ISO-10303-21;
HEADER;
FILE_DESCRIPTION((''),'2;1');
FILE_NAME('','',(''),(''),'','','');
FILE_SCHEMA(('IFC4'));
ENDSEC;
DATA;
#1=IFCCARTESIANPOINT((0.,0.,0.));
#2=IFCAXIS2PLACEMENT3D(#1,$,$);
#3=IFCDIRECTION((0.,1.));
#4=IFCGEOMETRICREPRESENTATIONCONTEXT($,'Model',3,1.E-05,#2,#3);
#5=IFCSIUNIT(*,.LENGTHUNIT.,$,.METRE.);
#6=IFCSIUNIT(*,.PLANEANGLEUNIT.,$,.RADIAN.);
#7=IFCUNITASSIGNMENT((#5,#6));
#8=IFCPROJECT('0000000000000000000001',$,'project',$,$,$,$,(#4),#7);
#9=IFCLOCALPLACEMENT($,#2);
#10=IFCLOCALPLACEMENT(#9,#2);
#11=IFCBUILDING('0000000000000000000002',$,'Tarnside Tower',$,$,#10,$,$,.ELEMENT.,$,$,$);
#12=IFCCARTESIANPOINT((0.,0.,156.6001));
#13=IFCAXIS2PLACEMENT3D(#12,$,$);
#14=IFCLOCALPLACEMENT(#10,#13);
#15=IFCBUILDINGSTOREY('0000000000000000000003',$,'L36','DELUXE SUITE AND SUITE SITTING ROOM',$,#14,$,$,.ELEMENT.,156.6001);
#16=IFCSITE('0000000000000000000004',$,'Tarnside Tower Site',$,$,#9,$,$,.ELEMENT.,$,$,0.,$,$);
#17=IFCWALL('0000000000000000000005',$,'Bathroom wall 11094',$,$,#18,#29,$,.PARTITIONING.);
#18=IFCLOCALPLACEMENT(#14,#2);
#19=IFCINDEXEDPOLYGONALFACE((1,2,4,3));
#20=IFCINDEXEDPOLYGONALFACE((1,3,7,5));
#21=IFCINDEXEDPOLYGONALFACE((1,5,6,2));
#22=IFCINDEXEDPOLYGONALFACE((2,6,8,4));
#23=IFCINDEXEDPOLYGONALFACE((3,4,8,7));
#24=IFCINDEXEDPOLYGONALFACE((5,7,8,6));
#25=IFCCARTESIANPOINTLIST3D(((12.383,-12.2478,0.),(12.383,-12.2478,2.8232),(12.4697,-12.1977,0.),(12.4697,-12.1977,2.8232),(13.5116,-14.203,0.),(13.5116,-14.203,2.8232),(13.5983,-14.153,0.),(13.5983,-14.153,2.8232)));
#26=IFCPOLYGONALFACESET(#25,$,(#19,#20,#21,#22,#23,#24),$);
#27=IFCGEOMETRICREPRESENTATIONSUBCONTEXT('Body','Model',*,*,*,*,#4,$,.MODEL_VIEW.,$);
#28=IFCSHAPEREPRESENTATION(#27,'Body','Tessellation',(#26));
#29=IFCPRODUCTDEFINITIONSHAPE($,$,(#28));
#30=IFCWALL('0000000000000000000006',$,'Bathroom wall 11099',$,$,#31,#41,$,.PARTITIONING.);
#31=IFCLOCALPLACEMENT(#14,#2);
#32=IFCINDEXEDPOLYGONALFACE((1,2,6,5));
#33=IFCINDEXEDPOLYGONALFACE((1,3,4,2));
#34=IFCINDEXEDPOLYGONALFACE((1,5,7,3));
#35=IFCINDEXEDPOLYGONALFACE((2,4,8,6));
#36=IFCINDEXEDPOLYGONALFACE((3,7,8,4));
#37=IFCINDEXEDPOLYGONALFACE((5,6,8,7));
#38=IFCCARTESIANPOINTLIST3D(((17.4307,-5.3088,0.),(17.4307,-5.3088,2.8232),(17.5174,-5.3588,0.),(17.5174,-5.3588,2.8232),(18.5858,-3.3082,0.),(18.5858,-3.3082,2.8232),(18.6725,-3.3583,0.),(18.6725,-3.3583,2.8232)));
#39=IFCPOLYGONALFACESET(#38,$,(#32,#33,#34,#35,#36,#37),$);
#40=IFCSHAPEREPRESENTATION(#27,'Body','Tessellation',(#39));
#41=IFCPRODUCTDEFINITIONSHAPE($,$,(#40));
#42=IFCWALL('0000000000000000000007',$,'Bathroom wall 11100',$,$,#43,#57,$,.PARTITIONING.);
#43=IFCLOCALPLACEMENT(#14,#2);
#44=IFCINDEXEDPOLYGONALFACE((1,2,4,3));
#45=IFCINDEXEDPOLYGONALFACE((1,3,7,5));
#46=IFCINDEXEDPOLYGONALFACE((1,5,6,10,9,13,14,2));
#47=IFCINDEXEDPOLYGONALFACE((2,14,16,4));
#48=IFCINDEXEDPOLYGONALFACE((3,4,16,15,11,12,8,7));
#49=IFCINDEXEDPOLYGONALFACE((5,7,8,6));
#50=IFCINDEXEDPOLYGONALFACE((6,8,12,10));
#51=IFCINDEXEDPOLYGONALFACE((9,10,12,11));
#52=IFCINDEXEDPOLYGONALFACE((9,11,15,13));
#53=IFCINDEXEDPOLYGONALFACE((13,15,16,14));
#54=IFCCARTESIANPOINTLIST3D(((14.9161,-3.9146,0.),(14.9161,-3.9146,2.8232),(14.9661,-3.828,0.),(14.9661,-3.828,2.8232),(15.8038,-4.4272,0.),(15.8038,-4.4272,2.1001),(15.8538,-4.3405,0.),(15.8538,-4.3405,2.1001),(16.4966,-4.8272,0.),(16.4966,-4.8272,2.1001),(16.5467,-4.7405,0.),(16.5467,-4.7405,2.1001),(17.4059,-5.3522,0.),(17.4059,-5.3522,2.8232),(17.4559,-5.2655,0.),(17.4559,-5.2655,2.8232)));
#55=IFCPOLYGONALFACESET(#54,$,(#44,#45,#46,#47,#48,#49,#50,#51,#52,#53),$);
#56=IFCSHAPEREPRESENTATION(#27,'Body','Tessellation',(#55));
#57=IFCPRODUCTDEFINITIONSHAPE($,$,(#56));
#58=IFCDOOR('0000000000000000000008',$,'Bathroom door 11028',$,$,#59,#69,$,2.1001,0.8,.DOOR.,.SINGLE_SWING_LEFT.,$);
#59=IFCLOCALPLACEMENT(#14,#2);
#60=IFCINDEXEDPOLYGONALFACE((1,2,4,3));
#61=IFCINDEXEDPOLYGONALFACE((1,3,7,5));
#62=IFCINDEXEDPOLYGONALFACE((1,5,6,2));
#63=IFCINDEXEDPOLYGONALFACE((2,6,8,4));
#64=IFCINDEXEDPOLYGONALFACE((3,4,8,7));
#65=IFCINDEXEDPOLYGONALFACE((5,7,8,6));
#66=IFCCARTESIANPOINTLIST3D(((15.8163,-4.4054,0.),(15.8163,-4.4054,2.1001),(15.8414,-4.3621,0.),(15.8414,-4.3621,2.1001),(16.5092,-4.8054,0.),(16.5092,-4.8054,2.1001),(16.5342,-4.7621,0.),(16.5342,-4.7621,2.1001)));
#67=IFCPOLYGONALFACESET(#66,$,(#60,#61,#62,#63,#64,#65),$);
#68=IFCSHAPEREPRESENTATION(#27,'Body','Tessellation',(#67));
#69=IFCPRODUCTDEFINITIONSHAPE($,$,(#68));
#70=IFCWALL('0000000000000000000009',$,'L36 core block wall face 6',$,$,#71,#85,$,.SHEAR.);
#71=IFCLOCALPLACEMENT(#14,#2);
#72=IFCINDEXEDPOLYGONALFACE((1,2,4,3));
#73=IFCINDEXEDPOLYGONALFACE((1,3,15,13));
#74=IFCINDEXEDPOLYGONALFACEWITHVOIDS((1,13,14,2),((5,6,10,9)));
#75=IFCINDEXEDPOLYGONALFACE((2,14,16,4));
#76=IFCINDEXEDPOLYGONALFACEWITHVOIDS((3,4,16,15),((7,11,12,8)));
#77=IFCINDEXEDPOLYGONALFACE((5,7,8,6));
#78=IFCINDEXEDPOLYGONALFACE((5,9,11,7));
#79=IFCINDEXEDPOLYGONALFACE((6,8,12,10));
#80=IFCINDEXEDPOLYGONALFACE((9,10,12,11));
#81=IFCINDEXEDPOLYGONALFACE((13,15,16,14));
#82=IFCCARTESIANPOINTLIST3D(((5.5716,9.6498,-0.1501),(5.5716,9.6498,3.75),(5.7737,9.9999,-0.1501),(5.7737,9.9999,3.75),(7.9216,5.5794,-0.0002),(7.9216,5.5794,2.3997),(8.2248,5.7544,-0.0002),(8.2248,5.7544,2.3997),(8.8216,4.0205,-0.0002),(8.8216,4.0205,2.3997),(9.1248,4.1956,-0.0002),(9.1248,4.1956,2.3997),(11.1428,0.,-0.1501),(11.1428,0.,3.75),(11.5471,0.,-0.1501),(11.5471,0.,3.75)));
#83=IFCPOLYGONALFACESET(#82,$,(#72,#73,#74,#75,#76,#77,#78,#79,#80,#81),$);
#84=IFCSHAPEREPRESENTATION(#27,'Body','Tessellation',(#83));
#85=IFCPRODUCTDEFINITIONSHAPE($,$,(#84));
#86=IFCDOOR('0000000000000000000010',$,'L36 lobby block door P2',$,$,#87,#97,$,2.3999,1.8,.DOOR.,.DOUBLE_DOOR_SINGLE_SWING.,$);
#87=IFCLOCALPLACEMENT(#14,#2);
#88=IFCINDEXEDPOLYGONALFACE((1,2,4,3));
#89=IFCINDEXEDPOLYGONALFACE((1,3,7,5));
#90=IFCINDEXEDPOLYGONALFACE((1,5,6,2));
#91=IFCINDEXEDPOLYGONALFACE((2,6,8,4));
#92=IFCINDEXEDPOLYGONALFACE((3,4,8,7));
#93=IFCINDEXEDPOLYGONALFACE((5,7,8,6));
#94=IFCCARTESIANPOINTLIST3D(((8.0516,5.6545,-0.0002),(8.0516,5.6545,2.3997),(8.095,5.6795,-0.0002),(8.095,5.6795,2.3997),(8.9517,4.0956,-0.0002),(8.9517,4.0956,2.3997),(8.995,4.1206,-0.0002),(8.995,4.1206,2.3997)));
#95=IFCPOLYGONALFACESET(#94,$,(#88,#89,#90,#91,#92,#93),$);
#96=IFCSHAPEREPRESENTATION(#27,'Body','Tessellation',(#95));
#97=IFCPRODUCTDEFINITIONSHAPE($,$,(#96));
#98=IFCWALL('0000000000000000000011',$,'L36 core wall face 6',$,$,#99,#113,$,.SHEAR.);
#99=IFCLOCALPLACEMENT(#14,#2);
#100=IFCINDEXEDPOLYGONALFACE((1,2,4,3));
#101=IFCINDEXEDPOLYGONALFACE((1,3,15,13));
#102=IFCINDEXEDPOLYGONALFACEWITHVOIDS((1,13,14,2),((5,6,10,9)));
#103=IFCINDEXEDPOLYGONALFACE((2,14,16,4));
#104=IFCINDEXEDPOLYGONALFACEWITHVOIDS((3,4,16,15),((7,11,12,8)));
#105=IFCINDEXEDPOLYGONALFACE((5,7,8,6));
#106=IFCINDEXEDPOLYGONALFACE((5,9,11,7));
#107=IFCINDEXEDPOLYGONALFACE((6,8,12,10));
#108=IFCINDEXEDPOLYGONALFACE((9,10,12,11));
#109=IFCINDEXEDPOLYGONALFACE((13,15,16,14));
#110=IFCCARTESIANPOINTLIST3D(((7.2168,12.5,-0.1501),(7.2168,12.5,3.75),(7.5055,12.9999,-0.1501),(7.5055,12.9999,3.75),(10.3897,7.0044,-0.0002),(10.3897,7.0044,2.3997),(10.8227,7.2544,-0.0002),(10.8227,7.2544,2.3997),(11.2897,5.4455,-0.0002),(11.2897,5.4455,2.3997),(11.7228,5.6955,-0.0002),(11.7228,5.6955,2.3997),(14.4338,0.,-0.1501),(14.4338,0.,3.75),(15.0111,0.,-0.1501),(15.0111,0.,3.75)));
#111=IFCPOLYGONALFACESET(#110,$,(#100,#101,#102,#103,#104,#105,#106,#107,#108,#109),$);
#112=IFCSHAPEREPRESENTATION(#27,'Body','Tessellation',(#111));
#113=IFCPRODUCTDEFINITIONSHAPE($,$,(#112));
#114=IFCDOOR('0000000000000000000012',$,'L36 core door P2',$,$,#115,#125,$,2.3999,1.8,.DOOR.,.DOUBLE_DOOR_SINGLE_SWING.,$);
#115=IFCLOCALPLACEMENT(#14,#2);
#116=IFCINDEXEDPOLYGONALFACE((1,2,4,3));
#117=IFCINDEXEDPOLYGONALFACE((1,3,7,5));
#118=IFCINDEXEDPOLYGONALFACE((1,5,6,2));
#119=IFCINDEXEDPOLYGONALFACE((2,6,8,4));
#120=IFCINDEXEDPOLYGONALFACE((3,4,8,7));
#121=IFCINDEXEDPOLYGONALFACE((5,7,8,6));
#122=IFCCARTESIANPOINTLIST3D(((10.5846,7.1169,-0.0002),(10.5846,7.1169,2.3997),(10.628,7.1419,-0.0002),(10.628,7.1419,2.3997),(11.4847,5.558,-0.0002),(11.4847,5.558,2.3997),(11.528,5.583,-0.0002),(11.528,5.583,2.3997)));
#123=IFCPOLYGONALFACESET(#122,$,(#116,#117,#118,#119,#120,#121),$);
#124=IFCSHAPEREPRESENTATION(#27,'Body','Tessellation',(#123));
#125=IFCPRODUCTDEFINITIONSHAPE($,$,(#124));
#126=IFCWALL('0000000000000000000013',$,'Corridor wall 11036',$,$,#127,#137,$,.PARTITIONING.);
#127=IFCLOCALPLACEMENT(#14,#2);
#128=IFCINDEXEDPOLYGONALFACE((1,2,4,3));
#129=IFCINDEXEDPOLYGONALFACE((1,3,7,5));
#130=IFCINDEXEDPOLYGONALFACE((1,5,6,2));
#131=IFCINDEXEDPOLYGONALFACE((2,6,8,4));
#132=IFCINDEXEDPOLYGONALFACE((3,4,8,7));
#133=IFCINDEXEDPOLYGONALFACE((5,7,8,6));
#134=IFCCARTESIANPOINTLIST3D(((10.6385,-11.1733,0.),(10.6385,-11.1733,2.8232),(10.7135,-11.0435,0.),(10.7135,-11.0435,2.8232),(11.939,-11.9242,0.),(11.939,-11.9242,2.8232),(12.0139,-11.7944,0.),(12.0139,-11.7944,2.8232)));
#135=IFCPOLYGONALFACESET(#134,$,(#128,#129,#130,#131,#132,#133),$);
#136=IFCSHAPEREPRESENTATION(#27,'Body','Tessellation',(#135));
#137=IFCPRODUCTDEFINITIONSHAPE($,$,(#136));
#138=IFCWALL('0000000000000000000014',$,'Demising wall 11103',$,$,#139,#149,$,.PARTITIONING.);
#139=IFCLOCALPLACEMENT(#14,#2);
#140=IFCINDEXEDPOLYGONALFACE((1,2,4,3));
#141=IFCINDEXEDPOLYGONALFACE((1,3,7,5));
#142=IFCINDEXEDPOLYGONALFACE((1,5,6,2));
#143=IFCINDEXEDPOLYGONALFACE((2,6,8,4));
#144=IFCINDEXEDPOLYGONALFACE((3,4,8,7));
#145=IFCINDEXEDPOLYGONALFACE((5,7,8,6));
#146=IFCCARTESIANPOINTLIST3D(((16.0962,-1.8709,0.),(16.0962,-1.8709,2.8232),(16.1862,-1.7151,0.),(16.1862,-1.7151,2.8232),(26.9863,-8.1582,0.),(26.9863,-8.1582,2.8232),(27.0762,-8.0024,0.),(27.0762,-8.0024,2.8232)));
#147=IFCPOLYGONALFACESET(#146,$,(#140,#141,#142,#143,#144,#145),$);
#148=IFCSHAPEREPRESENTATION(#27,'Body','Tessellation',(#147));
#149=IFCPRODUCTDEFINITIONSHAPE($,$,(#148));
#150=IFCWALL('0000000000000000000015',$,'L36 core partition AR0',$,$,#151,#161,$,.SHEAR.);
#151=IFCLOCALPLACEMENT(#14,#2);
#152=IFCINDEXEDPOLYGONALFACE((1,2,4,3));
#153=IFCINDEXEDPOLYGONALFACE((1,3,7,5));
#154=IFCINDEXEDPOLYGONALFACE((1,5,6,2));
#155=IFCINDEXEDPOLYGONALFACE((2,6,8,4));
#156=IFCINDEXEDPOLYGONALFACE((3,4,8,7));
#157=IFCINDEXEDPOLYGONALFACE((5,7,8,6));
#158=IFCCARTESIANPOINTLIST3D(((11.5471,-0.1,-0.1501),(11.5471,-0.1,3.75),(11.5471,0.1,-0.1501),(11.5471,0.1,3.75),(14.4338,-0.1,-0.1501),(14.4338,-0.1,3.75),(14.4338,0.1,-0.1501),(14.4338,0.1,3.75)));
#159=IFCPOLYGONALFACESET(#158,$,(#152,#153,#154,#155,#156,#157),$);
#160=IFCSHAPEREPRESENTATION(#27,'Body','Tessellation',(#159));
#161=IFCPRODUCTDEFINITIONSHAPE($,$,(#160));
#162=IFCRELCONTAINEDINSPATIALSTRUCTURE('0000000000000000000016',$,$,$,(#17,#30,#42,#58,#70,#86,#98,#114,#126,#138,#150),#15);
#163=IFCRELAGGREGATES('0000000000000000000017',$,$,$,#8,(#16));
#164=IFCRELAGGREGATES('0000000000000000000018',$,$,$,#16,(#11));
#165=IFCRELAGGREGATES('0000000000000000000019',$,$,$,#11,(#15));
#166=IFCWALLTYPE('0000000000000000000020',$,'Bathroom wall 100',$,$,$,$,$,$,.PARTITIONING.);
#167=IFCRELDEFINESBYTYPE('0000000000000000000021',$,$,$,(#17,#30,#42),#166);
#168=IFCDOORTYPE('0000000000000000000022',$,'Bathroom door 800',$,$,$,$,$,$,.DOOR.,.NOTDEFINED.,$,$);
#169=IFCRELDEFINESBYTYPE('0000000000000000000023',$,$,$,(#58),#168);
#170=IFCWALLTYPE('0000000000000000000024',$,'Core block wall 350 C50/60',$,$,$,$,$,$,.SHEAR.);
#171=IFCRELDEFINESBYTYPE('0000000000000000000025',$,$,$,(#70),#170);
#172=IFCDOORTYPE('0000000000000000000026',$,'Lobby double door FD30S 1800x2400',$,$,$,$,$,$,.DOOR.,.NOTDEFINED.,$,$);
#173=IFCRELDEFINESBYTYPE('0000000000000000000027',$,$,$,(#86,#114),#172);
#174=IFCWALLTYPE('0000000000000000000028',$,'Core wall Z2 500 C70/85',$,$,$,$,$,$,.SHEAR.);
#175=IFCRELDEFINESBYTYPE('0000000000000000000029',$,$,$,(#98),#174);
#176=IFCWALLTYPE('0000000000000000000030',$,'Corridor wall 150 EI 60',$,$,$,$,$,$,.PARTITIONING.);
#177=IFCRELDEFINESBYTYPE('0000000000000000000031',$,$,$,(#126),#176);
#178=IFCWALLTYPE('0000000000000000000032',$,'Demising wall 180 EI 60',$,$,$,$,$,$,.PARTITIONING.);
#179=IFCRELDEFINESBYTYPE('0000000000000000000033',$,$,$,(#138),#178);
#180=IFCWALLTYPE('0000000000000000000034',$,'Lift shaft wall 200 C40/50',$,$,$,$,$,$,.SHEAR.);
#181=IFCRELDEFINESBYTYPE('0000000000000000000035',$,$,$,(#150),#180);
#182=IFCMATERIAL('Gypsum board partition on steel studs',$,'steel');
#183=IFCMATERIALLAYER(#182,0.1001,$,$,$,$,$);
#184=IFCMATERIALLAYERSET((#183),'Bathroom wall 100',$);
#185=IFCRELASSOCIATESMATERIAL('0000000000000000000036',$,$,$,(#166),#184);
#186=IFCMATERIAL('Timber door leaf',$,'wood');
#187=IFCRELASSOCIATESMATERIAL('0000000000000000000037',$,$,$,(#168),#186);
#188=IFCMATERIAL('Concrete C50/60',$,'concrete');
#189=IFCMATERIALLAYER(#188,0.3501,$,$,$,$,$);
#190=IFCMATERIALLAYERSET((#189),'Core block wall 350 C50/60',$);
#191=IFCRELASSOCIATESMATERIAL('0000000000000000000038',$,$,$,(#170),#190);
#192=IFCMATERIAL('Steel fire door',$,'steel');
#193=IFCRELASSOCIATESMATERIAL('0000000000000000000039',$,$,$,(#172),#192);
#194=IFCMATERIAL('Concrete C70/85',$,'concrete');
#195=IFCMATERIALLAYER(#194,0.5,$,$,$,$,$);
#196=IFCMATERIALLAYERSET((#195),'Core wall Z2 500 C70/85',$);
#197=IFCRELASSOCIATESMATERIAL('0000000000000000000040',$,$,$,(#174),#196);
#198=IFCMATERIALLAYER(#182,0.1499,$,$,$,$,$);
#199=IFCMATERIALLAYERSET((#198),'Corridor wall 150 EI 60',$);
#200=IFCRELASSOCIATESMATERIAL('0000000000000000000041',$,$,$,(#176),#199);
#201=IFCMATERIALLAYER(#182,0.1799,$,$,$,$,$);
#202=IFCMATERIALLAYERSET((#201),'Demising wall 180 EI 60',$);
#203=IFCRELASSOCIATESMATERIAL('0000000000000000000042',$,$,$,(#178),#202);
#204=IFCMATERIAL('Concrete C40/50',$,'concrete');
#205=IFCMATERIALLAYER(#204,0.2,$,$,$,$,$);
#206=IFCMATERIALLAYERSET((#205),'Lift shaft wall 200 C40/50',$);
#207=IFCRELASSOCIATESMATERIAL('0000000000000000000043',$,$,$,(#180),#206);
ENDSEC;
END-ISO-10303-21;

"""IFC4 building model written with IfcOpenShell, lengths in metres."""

from ifc_helpers import new_model, si_unit, direction, frame, frame_2d, origin, place, context, subcontext, project, spatial, polyline, rectangle, outline, extrude, material, layer, layer_set, type_object, element, fill, save


model = new_model("IFC4")

# Units and contexts
model_context = context("Model", 3, precision=1e-05, world=origin(), true_north=direction((0.0, 1.0)))
body_context = subcontext(model_context, "Body", "Model", "MODEL_VIEW")
ifc_project = project(units=[si_unit("LENGTHUNIT", "METRE"), si_unit("PLANEANGLEUNIT", "RADIAN")], contexts=[model_context])

# Site, building, storey
site_placement = place(None, origin())
site = spatial("IfcSite", under=ifc_project, at=site_placement, Name="Tarnside Tower Site", CompositionType="ELEMENT", RefElevation=0.0)
building_placement = place(site_placement, origin())
building = spatial("IfcBuilding", under=site, at=building_placement, Name="Tarnside Tower", CompositionType="ELEMENT")
storey_placement = place(building_placement, frame((0.0, 0.0, 156.6001)))
storey = spatial("IfcBuildingStorey", under=building, at=storey_placement, Name="L36", Description="DELUXE SUITE AND SUITE SITTING ROOM", CompositionType="ELEMENT", Elevation=156.6001)

# Walls
ifc_material_1 = material(Name="Gypsum board partition on steel studs", Category="steel")
ifc_layer_1 = layer(ifc_material_1, 0.1001)
ifc_layer_set_1 = layer_set([ifc_layer_1], Name="Bathroom wall 100")
wall_type_1 = type_object("IfcWallType", Name="Bathroom wall 100", PredefinedType="PARTITIONING", material=ifc_layer_set_1)
wall_1_placement = place(storey_placement, frame((12.4263, -12.2227, 0.0), z_axis=(0.0, 0.0, 1.0), x_axis=(0.499919, -0.866072, 0.0)))
element("IfcWall", 1, at=wall_1_placement, inside=storey, type_object=wall_type_1, Name="Bathroom wall 11094", PredefinedType="PARTITIONING", context=body_context, shape_type="SweptSolid", body=[
    extrude(rectangle(XDim=2.2576, YDim=0.1001, at=frame_2d((1.1289, 0.0))), origin(), (0.0, 0.0, 1.0), 2.8232),
])
wall_2_placement = place(storey_placement, frame((18.6292, -3.3333, 0.0), z_axis=(0.0, 0.0, 1.0), x_axis=(-0.500015, -0.866017, 0.0)))
element("IfcWall", 2, at=wall_2_placement, inside=storey, type_object=wall_type_1, Name="Bathroom wall 11099", PredefinedType="PARTITIONING", context=body_context, shape_type="SweptSolid", body=[
    extrude(rectangle(XDim=2.3101, YDim=0.1001, at=frame_2d((1.155, 0.0))), origin(), (0.0, 0.0, 1.0), 2.8232),
])

# Walls, openings, doors
wall_3_placement = place(storey_placement, frame((17.4309, -5.3088, 0.0), z_axis=(0.0, 0.0, 1.0), x_axis=(-0.866019, 0.500012, 0.0)))
wall_3 = element("IfcWall", 3, at=wall_3_placement, inside=storey, type_object=wall_type_1, Name="Bathroom wall 11100", PredefinedType="PARTITIONING", context=body_context, shape_type="SweptSolid", body=[
    extrude(rectangle(XDim=2.875, YDim=0.1001, at=frame_2d((1.4375, 0.0))), origin(), (0.0, 0.0, 1.0), 2.8232),
])
opening_1_placement = place(wall_3_placement, frame((1.05, 0.0, 0.0)))
opening_1 = element("IfcOpeningElement", 4, at=opening_1_placement, cuts=wall_3, PredefinedType="OPENING", context=body_context, shape_type="SweptSolid", body=[
    extrude(rectangle(XDim=0.8, YDim=2.1001, at=frame_2d((0.3999, 1.05))), frame((0.0, 0.0601, 0.0), z_axis=(0.0, -1.0, 0.0), x_axis=(1.0, 0.0, 0.0)), (0.0, 0.0, 1.0), 0.1201),
])
ifc_material_2 = material(Name="Timber door leaf", Category="wood")
door_type_1 = type_object("IfcDoorType", Name="Bathroom door 800", OperationType="NOTDEFINED", PredefinedType="DOOR", material=ifc_material_2)
door_1_placement = place(opening_1_placement, origin())
door_1 = element("IfcDoor", 5, at=door_1_placement, inside=storey, type_object=door_type_1, Name="Bathroom door 11028", OperationType="SINGLE_SWING_LEFT", OverallHeight=2.1001, OverallWidth=0.8, PredefinedType="DOOR", context=body_context, shape_type="SweptSolid", body=[
    extrude(rectangle(XDim=0.8, YDim=2.1001, at=frame_2d((0.3999, 1.05))), frame((0.0, 0.0249, 0.0), z_axis=(0.0, -1.0, 0.0), x_axis=(1.0, 0.0, 0.0)), (0.0, 0.0, 1.0), 0.05),
])
fill(opening_1, door_1)
ifc_material_3 = material(Name="Concrete C50/60", Category="concrete")
ifc_layer_2 = layer(ifc_material_3, 0.3501)
ifc_layer_set_2 = layer_set([ifc_layer_2], Name="Core block wall 350 C50/60")
wall_type_2 = type_object("IfcWallType", Name="Core block wall 350 C50/60", PredefinedType="SHEAR", material=ifc_layer_set_2)
wall_4_placement = place(storey_placement, frame((11.345, 0.0, -0.1501), z_axis=(0.0, 0.0, 1.0), x_axis=(-0.499995, 0.866028, 0.0)))
wall_4 = element("IfcWall", 6, at=wall_4_placement, inside=storey, type_object=wall_type_2, Name="L36 core block wall face 6", PredefinedType="SHEAR", context=body_context, shape_type="SweptSolid", body=[
    extrude(outline(polyline([(-0.1011, -0.175), (11.4458, -0.175), (11.2437, 0.175), (0.1011, 0.175), (-0.1011, -0.175)])), origin(), (0.0, 0.0, 1.0), 3.9001),
])
opening_2_placement = place(wall_4_placement, frame((4.7437, 0.0, 0.1499)))
opening_2 = element("IfcOpeningElement", 7, at=opening_2_placement, cuts=wall_4, PredefinedType="OPENING", context=body_context, shape_type="SweptSolid", body=[
    extrude(rectangle(XDim=1.8, YDim=2.3999, at=frame_2d((0.8999, 1.2))), frame((0.0, 0.1851, 0.0), z_axis=(0.0, -1.0, 0.0), x_axis=(1.0, 0.0, 0.0)), (0.0, 0.0, 1.0), 0.3701),
])
ifc_material_4 = material(Name="Steel fire door", Category="steel")
door_type_2 = type_object("IfcDoorType", Name="Lobby double door FD30S 1800x2400", OperationType="NOTDEFINED", PredefinedType="DOOR", material=ifc_material_4)
door_2_placement = place(opening_2_placement, origin())
door_2 = element("IfcDoor", 8, at=door_2_placement, inside=storey, type_object=door_type_2, Name="L36 lobby block door P2", OperationType="DOUBLE_DOOR_SINGLE_SWING", OverallHeight=2.3999, OverallWidth=1.8, PredefinedType="DOOR", context=body_context, shape_type="SweptSolid", body=[
    extrude(rectangle(XDim=1.8, YDim=2.3999, at=frame_2d((0.8999, 1.2))), frame((0.0, 0.0249, 0.0), z_axis=(0.0, -1.0, 0.0), x_axis=(1.0, 0.0, 0.0)), (0.0, 0.0, 1.0), 0.05),
])
fill(opening_2, door_2)
ifc_material_5 = material(Name="Concrete C70/85", Category="concrete")
ifc_layer_3 = layer(ifc_material_5, 0.5)
ifc_layer_set_3 = layer_set([ifc_layer_3], Name="Core wall Z2 500 C70/85")
wall_type_3 = type_object("IfcWallType", Name="Core wall Z2 500 C70/85", PredefinedType="SHEAR", material=ifc_layer_set_3)
wall_5_placement = place(storey_placement, frame((14.7224, 0.0, -0.1501), z_axis=(0.0, 0.0, 1.0), x_axis=(-0.500006, 0.866022, 0.0)))
wall_5 = element("IfcWall", 9, at=wall_5_placement, inside=storey, type_object=wall_type_3, Name="L36 core wall face 6", PredefinedType="SHEAR", context=body_context, shape_type="SweptSolid", body=[
    extrude(outline(polyline([(-0.1443, -0.25), (14.8667, -0.25), (14.5781, 0.25), (0.1443, 0.25), (-0.1443, -0.25)])), origin(), (0.0, 0.0, 1.0), 3.9001),
])
opening_3_placement = place(wall_5_placement, frame((6.4324, 0.0, 0.1499)))
opening_3 = element("IfcOpeningElement", 10, at=opening_3_placement, cuts=wall_5, PredefinedType="OPENING", context=body_context, shape_type="SweptSolid", body=[
    extrude(rectangle(XDim=1.8, YDim=2.3999, at=frame_2d((0.8999, 1.2))), frame((0.0, 0.26, 0.0), z_axis=(0.0, -1.0, 0.0), x_axis=(1.0, 0.0, 0.0)), (0.0, 0.0, 1.0), 0.52),
])
door_3_placement = place(opening_3_placement, origin())
door_3 = element("IfcDoor", 11, at=door_3_placement, inside=storey, type_object=door_type_2, Name="L36 core door P2", OperationType="DOUBLE_DOOR_SINGLE_SWING", OverallHeight=2.3999, OverallWidth=1.8, PredefinedType="DOOR", context=body_context, shape_type="SweptSolid", body=[
    extrude(rectangle(XDim=1.8, YDim=2.3999, at=frame_2d((0.8999, 1.2))), frame((0.0, 0.0249, 0.0), z_axis=(0.0, -1.0, 0.0), x_axis=(1.0, 0.0, 0.0)), (0.0, 0.0, 1.0), 0.05),
])
fill(opening_3, door_3)

# Walls
ifc_layer_4 = layer(ifc_material_1, 0.1499)
ifc_layer_set_4 = layer_set([ifc_layer_4], Name="Corridor wall 150 EI 60")
wall_type_4 = type_object("IfcWallType", Name="Corridor wall 150 EI 60", PredefinedType="PARTITIONING", material=ifc_layer_set_4)
wall_6_placement = place(storey_placement, frame((11.9766, -11.8594, 0.0), z_axis=(0.0, 0.0, 1.0), x_axis=(-0.865993, 0.500055, 0.0)))
element("IfcWall", 12, at=wall_6_placement, inside=storey, type_object=wall_type_4, Name="Corridor wall 11036", PredefinedType="PARTITIONING", context=body_context, shape_type="SweptSolid", body=[
    extrude(rectangle(XDim=1.5017, YDim=0.1499, at=frame_2d((0.751, 0.0))), origin(), (0.0, 0.0, 1.0), 2.8232),
])
ifc_layer_5 = layer(ifc_material_1, 0.1799)
ifc_layer_set_5 = layer_set([ifc_layer_5], Name="Demising wall 180 EI 60")
wall_type_5 = type_object("IfcWallType", Name="Demising wall 180 EI 60", PredefinedType="PARTITIONING", material=ifc_layer_set_5)
wall_7_placement = place(storey_placement, frame((27.0312, -8.0803, 0.0), z_axis=(0.0, 0.0, 1.0), x_axis=(-0.866028, 0.499996, 0.0)))
element("IfcWall", 13, at=wall_7_placement, inside=storey, type_object=wall_type_5, Name="Demising wall 11103", PredefinedType="PARTITIONING", context=body_context, shape_type="SweptSolid", body=[
    extrude(rectangle(XDim=12.5747, YDim=0.1799, at=frame_2d((6.2874, 0.0))), origin(), (0.0, 0.0, 1.0), 2.8232),
])
ifc_material_6 = material(Name="Concrete C40/50", Category="concrete")
ifc_layer_6 = layer(ifc_material_6, 0.2)
ifc_layer_set_6 = layer_set([ifc_layer_6], Name="Lift shaft wall 200 C40/50")
wall_type_6 = type_object("IfcWallType", Name="Lift shaft wall 200 C40/50", PredefinedType="SHEAR", material=ifc_layer_set_6)
wall_8_placement = place(storey_placement, frame((11.5471, 0.0, -0.1501), z_axis=(0.0, 0.0, 1.0), x_axis=(1.0, 0.0, 0.0)))
element("IfcWall", 14, at=wall_8_placement, inside=storey, type_object=wall_type_6, Name="L36 core partition AR0", PredefinedType="SHEAR", context=body_context, shape_type="SweptSolid", body=[
    extrude(rectangle(XDim=2.8867, YDim=0.2, at=frame_2d((1.4434, 0.0))), origin(), (0.0, 0.0, 1.0), 3.9001),
])

save(model, "model.ifc")
